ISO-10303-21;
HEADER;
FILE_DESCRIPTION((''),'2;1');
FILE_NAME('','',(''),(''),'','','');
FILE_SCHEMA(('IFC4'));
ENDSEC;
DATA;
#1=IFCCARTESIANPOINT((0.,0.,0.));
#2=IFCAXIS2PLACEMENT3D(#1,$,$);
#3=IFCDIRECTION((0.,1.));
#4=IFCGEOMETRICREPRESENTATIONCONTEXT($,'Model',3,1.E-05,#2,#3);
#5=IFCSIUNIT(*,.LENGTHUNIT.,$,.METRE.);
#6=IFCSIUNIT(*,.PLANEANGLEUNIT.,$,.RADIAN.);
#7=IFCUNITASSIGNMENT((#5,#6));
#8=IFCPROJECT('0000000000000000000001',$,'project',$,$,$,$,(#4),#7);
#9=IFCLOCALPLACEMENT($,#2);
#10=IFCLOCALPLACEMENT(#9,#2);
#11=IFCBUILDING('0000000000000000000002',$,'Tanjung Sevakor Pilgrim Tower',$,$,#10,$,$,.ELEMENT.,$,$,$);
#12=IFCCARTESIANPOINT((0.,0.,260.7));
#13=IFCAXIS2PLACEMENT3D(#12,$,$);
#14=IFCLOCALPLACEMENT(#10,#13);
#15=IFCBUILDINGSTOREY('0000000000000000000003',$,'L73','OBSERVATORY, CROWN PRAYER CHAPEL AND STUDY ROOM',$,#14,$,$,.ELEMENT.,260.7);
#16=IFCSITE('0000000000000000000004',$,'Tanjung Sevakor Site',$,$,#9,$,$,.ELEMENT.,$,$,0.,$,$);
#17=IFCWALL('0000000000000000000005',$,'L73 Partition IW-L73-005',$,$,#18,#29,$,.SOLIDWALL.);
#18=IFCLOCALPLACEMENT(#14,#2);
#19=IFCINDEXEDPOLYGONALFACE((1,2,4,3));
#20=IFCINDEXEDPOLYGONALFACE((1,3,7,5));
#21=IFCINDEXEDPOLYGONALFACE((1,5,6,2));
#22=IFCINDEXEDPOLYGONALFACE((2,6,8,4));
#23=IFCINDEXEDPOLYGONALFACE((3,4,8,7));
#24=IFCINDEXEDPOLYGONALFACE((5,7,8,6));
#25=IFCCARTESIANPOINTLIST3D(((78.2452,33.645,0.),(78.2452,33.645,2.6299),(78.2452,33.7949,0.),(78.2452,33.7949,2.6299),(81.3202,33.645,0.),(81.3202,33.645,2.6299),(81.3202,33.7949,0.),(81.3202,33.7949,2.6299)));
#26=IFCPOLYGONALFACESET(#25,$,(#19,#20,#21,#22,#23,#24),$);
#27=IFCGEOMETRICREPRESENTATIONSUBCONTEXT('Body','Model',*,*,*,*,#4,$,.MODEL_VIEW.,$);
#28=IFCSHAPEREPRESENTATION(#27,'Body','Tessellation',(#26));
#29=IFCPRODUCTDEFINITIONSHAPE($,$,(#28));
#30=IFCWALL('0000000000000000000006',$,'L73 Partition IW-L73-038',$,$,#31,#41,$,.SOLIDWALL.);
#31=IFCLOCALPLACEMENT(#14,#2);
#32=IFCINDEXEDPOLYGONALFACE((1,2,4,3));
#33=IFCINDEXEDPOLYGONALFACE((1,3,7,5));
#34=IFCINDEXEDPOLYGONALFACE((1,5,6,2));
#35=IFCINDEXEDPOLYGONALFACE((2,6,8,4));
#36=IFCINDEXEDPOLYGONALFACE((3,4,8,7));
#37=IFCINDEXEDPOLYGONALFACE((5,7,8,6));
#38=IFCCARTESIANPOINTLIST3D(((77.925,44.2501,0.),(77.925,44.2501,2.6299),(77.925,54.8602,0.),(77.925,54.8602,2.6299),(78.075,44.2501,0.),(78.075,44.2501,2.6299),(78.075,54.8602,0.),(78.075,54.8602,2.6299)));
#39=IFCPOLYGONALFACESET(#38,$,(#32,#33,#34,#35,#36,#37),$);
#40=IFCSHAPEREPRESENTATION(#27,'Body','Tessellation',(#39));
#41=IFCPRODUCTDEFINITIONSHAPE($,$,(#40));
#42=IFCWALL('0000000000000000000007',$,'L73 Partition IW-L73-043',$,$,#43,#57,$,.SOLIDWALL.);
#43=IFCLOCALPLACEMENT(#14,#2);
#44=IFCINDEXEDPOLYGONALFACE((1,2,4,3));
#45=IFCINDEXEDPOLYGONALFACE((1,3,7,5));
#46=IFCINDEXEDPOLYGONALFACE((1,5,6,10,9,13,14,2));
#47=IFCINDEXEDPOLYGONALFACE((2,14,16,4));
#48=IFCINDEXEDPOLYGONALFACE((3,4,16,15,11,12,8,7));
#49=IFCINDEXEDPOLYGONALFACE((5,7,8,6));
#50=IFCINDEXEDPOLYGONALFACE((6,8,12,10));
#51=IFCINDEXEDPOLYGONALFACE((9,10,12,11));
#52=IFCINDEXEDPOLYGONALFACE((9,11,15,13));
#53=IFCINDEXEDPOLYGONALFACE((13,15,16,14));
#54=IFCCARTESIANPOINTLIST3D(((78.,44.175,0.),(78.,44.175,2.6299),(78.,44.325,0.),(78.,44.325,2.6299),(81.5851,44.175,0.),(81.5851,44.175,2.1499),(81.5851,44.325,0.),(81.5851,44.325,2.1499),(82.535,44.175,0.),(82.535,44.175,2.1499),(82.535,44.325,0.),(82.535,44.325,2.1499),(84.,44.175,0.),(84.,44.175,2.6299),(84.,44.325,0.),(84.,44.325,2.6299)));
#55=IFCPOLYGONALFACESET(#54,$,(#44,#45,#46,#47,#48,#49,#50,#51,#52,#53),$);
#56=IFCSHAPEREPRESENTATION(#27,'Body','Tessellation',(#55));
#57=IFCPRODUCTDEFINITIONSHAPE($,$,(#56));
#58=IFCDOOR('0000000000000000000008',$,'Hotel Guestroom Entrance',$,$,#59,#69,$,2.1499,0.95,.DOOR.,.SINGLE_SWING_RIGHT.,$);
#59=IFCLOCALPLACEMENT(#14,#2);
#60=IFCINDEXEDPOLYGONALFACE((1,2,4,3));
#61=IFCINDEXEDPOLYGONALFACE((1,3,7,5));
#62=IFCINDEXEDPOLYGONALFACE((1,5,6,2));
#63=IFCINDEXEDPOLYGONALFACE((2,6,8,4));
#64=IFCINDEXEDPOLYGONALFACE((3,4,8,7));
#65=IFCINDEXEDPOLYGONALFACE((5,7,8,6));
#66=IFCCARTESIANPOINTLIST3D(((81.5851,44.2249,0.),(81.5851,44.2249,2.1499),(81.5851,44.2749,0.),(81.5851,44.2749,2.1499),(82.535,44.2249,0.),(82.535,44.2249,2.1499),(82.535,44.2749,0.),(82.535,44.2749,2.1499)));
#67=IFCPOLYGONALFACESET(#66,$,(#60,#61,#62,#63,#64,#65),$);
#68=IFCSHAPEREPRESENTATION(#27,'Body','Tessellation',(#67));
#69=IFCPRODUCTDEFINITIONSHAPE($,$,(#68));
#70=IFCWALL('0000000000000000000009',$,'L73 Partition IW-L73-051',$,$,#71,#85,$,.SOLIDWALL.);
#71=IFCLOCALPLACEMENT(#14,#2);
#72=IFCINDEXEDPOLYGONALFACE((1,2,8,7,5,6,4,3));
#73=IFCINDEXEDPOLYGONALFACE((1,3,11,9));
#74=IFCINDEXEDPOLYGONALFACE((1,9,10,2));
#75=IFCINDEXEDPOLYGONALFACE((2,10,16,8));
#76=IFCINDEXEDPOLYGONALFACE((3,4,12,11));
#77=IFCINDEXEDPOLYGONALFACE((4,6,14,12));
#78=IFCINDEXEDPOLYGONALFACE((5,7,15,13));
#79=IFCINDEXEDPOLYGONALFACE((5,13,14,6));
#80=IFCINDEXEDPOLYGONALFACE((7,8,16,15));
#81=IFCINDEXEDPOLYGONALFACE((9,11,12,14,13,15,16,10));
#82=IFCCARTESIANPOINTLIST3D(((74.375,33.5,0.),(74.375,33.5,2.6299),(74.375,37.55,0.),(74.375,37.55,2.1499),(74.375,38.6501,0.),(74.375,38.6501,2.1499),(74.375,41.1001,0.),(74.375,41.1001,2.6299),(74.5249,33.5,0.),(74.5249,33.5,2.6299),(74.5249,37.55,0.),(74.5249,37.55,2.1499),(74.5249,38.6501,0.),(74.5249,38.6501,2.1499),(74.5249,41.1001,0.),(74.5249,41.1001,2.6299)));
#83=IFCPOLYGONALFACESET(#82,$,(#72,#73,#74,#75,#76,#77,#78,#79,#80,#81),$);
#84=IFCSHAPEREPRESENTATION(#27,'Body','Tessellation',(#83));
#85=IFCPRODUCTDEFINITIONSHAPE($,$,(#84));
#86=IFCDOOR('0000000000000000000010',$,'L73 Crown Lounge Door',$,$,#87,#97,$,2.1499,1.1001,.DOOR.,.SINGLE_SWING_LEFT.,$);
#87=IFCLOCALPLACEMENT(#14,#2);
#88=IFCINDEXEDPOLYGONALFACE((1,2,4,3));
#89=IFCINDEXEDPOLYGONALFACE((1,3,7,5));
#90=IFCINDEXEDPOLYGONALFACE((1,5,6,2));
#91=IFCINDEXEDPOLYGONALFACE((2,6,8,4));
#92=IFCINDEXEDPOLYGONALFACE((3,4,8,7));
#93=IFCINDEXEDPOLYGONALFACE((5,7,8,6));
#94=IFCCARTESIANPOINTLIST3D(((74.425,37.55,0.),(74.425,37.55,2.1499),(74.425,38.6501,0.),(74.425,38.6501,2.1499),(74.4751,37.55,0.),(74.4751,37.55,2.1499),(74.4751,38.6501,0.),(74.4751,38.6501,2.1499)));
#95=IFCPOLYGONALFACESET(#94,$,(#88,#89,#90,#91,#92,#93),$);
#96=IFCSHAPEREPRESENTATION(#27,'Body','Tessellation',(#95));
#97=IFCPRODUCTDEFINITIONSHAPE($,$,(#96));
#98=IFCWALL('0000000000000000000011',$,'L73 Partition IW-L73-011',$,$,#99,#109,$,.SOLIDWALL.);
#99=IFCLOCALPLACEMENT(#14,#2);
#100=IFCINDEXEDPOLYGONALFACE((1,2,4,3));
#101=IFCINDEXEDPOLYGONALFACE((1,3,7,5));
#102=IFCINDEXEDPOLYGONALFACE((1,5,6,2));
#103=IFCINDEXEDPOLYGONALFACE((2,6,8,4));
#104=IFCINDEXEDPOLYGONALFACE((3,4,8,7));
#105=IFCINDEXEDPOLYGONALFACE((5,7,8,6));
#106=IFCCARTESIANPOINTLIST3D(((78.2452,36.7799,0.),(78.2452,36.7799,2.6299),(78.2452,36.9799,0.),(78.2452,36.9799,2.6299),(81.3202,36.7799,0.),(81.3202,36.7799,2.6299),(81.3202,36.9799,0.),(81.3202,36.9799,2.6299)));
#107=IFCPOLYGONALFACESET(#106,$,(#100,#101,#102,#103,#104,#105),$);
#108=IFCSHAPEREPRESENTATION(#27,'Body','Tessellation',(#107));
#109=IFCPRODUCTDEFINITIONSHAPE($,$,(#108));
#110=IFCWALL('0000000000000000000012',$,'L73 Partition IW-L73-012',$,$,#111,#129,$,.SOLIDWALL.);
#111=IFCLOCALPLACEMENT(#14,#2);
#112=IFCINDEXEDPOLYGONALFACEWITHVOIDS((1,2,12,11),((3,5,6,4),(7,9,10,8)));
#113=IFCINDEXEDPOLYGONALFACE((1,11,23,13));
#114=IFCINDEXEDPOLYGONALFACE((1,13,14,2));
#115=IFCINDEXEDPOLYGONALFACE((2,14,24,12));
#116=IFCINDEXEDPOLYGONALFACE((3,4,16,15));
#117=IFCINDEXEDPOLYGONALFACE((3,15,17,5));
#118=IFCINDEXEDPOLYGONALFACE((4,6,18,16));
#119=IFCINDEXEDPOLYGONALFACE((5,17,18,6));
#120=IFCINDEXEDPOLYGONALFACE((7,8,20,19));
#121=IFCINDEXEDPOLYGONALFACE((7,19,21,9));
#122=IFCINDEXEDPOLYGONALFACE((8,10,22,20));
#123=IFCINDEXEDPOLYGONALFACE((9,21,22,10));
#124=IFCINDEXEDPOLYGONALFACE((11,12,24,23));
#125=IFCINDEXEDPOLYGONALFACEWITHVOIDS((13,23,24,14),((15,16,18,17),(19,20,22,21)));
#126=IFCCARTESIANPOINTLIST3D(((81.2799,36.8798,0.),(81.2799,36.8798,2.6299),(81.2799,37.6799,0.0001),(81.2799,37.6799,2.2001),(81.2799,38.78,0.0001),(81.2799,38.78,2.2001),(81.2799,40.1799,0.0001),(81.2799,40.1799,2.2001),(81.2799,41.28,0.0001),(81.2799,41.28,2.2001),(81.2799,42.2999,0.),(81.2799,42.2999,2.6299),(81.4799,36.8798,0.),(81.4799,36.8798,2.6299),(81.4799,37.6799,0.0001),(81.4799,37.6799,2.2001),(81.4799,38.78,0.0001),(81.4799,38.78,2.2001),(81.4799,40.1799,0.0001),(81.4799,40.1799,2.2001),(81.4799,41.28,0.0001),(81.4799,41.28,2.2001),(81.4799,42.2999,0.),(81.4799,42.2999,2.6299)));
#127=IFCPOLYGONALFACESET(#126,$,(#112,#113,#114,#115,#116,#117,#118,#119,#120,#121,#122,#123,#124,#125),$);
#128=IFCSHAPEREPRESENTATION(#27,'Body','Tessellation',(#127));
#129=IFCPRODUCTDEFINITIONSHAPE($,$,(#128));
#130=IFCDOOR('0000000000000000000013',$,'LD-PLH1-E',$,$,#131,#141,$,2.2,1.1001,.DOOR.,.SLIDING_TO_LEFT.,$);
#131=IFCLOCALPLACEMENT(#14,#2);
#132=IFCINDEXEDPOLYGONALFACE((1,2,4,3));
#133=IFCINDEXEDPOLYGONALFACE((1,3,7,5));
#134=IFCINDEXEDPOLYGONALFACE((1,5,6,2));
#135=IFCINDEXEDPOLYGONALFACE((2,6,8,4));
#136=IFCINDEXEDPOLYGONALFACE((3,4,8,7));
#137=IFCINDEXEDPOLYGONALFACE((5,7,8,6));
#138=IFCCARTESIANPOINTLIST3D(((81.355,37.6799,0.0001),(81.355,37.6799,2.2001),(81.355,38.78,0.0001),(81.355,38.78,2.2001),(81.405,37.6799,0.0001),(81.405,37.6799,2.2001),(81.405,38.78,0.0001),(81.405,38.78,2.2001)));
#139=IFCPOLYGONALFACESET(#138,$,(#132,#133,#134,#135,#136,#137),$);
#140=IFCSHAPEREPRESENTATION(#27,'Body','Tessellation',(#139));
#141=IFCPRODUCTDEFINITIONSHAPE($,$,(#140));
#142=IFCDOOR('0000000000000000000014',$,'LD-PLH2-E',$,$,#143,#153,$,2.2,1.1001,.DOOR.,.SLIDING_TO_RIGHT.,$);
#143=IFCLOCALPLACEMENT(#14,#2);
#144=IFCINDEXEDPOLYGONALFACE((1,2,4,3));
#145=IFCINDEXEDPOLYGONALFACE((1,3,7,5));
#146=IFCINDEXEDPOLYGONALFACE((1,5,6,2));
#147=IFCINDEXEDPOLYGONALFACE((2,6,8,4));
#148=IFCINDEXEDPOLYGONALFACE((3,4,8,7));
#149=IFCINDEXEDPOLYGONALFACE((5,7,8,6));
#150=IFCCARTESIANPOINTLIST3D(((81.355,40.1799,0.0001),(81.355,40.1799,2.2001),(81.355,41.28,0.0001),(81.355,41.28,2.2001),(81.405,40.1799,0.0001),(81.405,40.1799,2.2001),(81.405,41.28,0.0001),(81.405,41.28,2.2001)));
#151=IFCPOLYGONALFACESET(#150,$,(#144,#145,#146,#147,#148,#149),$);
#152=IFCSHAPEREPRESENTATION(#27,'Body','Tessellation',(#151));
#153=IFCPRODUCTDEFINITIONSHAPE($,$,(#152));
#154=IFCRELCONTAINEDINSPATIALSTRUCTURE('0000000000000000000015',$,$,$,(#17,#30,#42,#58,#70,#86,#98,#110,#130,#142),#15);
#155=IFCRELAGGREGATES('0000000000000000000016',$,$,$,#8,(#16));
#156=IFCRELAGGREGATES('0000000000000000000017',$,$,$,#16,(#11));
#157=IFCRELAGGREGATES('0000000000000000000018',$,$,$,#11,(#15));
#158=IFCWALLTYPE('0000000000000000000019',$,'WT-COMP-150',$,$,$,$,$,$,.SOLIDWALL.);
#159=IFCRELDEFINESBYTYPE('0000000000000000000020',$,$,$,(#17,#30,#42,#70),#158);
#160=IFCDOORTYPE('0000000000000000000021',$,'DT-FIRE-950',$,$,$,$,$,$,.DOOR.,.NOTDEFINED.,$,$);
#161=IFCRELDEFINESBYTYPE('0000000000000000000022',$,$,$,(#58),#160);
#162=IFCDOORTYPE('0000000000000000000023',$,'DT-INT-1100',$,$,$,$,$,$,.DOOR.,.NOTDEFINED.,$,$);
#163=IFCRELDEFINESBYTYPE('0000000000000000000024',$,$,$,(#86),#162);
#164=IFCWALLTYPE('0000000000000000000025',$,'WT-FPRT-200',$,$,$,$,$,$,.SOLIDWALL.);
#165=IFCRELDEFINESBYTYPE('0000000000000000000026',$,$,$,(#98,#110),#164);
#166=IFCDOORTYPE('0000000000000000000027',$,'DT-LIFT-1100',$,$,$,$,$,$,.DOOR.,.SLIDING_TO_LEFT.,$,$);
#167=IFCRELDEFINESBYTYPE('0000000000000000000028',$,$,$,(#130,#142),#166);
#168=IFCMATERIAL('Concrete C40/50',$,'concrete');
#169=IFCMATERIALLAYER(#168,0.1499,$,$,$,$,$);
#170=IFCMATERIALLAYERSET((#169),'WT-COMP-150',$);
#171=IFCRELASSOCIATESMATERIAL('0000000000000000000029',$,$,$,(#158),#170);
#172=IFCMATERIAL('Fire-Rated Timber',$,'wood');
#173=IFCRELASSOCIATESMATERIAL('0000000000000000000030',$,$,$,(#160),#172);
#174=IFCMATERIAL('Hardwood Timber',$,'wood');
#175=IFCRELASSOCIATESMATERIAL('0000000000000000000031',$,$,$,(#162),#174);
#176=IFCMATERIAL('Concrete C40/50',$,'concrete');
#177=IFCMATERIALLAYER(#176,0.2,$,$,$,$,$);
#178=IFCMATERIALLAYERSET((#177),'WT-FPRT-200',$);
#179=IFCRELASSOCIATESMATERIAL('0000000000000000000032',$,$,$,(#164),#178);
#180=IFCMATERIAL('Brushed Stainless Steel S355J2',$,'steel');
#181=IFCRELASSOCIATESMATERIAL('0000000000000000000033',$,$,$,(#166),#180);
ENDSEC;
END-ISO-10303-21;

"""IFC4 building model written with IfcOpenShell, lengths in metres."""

from ifc_helpers import new_model, si_unit, direction, frame, frame_2d, origin, place, context, subcontext, project, spatial, rectangle, extrude, material, layer, layer_set, type_object, element, fill, save


model = new_model("IFC4")

# Units and contexts
model_context = context("Model", 3, precision=1e-05, world=origin(), true_north=direction((0.0, 1.0)))
body_context = subcontext(model_context, "Body", "Model", "MODEL_VIEW")
ifc_project = project(units=[si_unit("LENGTHUNIT", "METRE"), si_unit("PLANEANGLEUNIT", "RADIAN")], contexts=[model_context])

# Site, building, storey
site_placement = place(None, origin())
site = spatial("IfcSite", under=ifc_project, at=site_placement, Name="Tanjung Sevakor Site", CompositionType="ELEMENT", RefElevation=0.0)
building_placement = place(site_placement, origin())
building = spatial("IfcBuilding", under=site, at=building_placement, Name="Tanjung Sevakor Pilgrim Tower", CompositionType="ELEMENT")
storey_placement = place(building_placement, frame((0.0, 0.0, 260.7)))
storey = spatial("IfcBuildingStorey", under=building, at=storey_placement, Name="L73", Description="OBSERVATORY, CROWN PRAYER CHAPEL AND STUDY ROOM", CompositionType="ELEMENT", Elevation=260.7)

# Shared definitions
ifc_material_1 = material(Name="Concrete C40/50", Category="concrete")
ifc_layer_1 = layer(ifc_material_1, 0.1499)
ifc_layer_set_1 = layer_set([ifc_layer_1], Name="WT-COMP-150")
wall_type_1 = type_object("IfcWallType", Name="WT-COMP-150", PredefinedType="SOLIDWALL", material=ifc_layer_set_1)

# Shared definitions
ifc_material_2 = material(Name="Fire-Rated Timber", Category="wood")
door_type_1 = type_object("IfcDoorType", Name="DT-FIRE-950", OperationType="NOTDEFINED", PredefinedType="DOOR", material=ifc_material_2)

# Wall
wall_1_placement = place(storey_placement, frame((78.2451, 33.72, 0.0), z_axis=(0.0, 0.0, 1.0), x_axis=(1.0, 0.0, 0.0)))
element("IfcWall", 1, at=wall_1_placement, inside=storey, type_object=wall_type_1, Name="L73 Partition IW-L73-005", PredefinedType="SOLIDWALL", context=body_context, shape_type="SweptSolid", body=[
    extrude(rectangle(XDim=3.075, YDim=0.1499, at=frame_2d((1.5376, 0.0))), origin(), (0.0, 0.0, 1.0), 2.6299),
])

# Wall
wall_2_placement = place(storey_placement, frame((78.0, 44.25, 0.0), z_axis=(0.0, 0.0, 1.0), x_axis=(0.0, 1.0, 0.0)))
element("IfcWall", 2, at=wall_2_placement, inside=storey, type_object=wall_type_1, Name="L73 Partition IW-L73-038", PredefinedType="SOLIDWALL", context=body_context, shape_type="SweptSolid", body=[
    extrude(rectangle(XDim=10.6101, YDim=0.1499, at=frame_2d((5.3052, 0.0))), origin(), (0.0, 0.0, 1.0), 2.6299),
])

# Walls, openings, doors
wall_3_placement = place(storey_placement, frame((78.0, 44.25, 0.0), z_axis=(0.0, 0.0, 1.0), x_axis=(1.0, 0.0, 0.0)))
wall_3 = element("IfcWall", 3, at=wall_3_placement, inside=storey, type_object=wall_type_1, Name="L73 Partition IW-L73-043", PredefinedType="SOLIDWALL", context=body_context, shape_type="SweptSolid", body=[
    extrude(rectangle(XDim=6.0, YDim=0.1499, at=frame_2d((3.0, 0.0))), origin(), (0.0, 0.0, 1.0), 2.6299),
])
opening_1_placement = place(wall_3_placement, frame((3.585, 0.0, 0.0)))
opening_1 = element("IfcOpeningElement", 4, at=opening_1_placement, cuts=wall_3, PredefinedType="OPENING", context=body_context, shape_type="SweptSolid", body=[
    extrude(rectangle(XDim=0.95, YDim=2.1499, at=frame_2d((0.4751, 1.075))), frame((0.0, 0.085, 0.0), z_axis=(0.0, -1.0, 0.0), x_axis=(1.0, 0.0, 0.0)), (0.0, 0.0, 1.0), 0.1699),
])
door_1_placement = place(opening_1_placement, origin())
door_1 = element("IfcDoor", 5, at=door_1_placement, inside=storey, type_object=door_type_1, Name="Hotel Guestroom Entrance", OperationType="SINGLE_SWING_RIGHT", OverallHeight=2.1499, OverallWidth=0.95, PredefinedType="DOOR", context=body_context, shape_type="SweptSolid", body=[
    extrude(rectangle(XDim=0.95, YDim=2.1499, at=frame_2d((0.4751, 1.075))), frame((0.0, 0.0249, 0.0), z_axis=(0.0, -1.0, 0.0), x_axis=(1.0, 0.0, 0.0)), (0.0, 0.0, 1.0), 0.05),
])
fill(opening_1, door_1)
wall_4_placement = place(storey_placement, frame((74.45, 33.5, 0.0), z_axis=(0.0, 0.0, 1.0), x_axis=(0.0, 1.0, 0.0)))
wall_4 = element("IfcWall", 6, at=wall_4_placement, inside=storey, type_object=wall_type_1, Name="L73 Partition IW-L73-051", PredefinedType="SOLIDWALL", context=body_context, shape_type="SweptSolid", body=[
    extrude(rectangle(XDim=7.6001, YDim=0.1499, at=frame_2d((3.8, 0.0))), origin(), (0.0, 0.0, 1.0), 2.6299),
])
opening_2_placement = place(wall_4_placement, frame((4.05, 0.0, 0.0)))
opening_2 = element("IfcOpeningElement", 7, at=opening_2_placement, cuts=wall_4, PredefinedType="OPENING", context=body_context, shape_type="SweptSolid", body=[
    extrude(rectangle(XDim=1.1001, YDim=2.1499, at=frame_2d((0.55, 1.075))), frame((0.0, 0.085, 0.0), z_axis=(0.0, -1.0, 0.0), x_axis=(1.0, 0.0, 0.0)), (0.0, 0.0, 1.0), 0.1699),
])
ifc_material_3 = material(Name="Hardwood Timber", Category="wood")
door_type_2 = type_object("IfcDoorType", Name="DT-INT-1100", OperationType="NOTDEFINED", PredefinedType="DOOR", material=ifc_material_3)
door_2_placement = place(opening_2_placement, origin())
door_2 = element("IfcDoor", 8, at=door_2_placement, inside=storey, type_object=door_type_2, Name="L73 Crown Lounge Door", OperationType="SINGLE_SWING_LEFT", OverallHeight=2.1499, OverallWidth=1.1001, PredefinedType="DOOR", context=body_context, shape_type="SweptSolid", body=[
    extrude(rectangle(XDim=1.1001, YDim=2.1499, at=frame_2d((0.55, 1.075))), frame((0.0, 0.0249, 0.0), z_axis=(0.0, -1.0, 0.0), x_axis=(1.0, 0.0, 0.0)), (0.0, 0.0, 1.0), 0.05),
])
fill(opening_2, door_2)

# Wall
ifc_material_4 = material(Name="Concrete C40/50", Category="concrete")
ifc_layer_2 = layer(ifc_material_4, 0.2)
ifc_layer_set_2 = layer_set([ifc_layer_2], Name="WT-FPRT-200")
wall_type_2 = type_object("IfcWallType", Name="WT-FPRT-200", PredefinedType="SOLIDWALL", material=ifc_layer_set_2)
wall_5_placement = place(storey_placement, frame((78.2451, 36.8799, 0.0), z_axis=(0.0, 0.0, 1.0), x_axis=(1.0, 0.0, 0.0)))
element("IfcWall", 9, at=wall_5_placement, inside=storey, type_object=wall_type_2, Name="L73 Partition IW-L73-011", PredefinedType="SOLIDWALL", context=body_context, shape_type="SweptSolid", body=[
    extrude(rectangle(XDim=3.075, YDim=0.2, at=frame_2d((1.5376, 0.0))), origin(), (0.0, 0.0, 1.0), 2.6299),
])

# Wall, openings, doors
wall_6_placement = place(storey_placement, frame((81.3799, 36.8799, 0.0), z_axis=(0.0, 0.0, 1.0), x_axis=(0.0, 1.0, 0.0)))
wall_6 = element("IfcWall", 10, at=wall_6_placement, inside=storey, type_object=wall_type_2, Name="L73 Partition IW-L73-012", PredefinedType="SOLIDWALL", context=body_context, shape_type="SweptSolid", body=[
    extrude(rectangle(XDim=5.4202, YDim=0.2, at=frame_2d((2.71, 0.0))), origin(), (0.0, 0.0, 1.0), 2.6299),
])
opening_3_placement = place(wall_6_placement, frame((0.8, 0.0, 0.0)))
opening_3 = element("IfcOpeningElement", 11, at=opening_3_placement, cuts=wall_6, PredefinedType="OPENING", context=body_context, shape_type="SweptSolid", body=[
    extrude(rectangle(XDim=1.1001, YDim=2.2, at=frame_2d((0.55, 1.1001))), frame((0.0, 0.1099, 0.0), z_axis=(0.0, -1.0, 0.0), x_axis=(1.0, 0.0, 0.0)), (0.0, 0.0, 1.0), 0.22),
])
opening_4_placement = place(wall_6_placement, frame((3.3, 0.0, 0.0)))
opening_4 = element("IfcOpeningElement", 12, at=opening_4_placement, cuts=wall_6, PredefinedType="OPENING", context=body_context, shape_type="SweptSolid", body=[
    extrude(rectangle(XDim=1.1001, YDim=2.2, at=frame_2d((0.55, 1.1001))), frame((0.0, 0.1099, 0.0), z_axis=(0.0, -1.0, 0.0), x_axis=(1.0, 0.0, 0.0)), (0.0, 0.0, 1.0), 0.22),
])
ifc_material_5 = material(Name="Brushed Stainless Steel S355J2", Category="steel")
door_type_3 = type_object("IfcDoorType", Name="DT-LIFT-1100", OperationType="SLIDING_TO_LEFT", PredefinedType="DOOR", material=ifc_material_5)
door_3_placement = place(opening_3_placement, origin())
door_3 = element("IfcDoor", 13, at=door_3_placement, inside=storey, type_object=door_type_3, Name="LD-PLH1-E", OperationType="SLIDING_TO_LEFT", OverallHeight=2.2, OverallWidth=1.1001, PredefinedType="DOOR", context=body_context, shape_type="SweptSolid", body=[
    extrude(rectangle(XDim=1.1001, YDim=2.2, at=frame_2d((0.55, 1.1001))), frame((0.0, 0.0249, 0.0), z_axis=(0.0, -1.0, 0.0), x_axis=(1.0, 0.0, 0.0)), (0.0, 0.0, 1.0), 0.05),
])
fill(opening_3, door_3)
door_4_placement = place(opening_4_placement, origin())
door_4 = element("IfcDoor", 14, at=door_4_placement, inside=storey, type_object=door_type_3, Name="LD-PLH2-E", OperationType="SLIDING_TO_RIGHT", OverallHeight=2.2, OverallWidth=1.1001, PredefinedType="DOOR", context=body_context, shape_type="SweptSolid", body=[
    extrude(rectangle(XDim=1.1001, YDim=2.2, at=frame_2d((0.55, 1.1001))), frame((0.0, 0.0249, 0.0), z_axis=(0.0, -1.0, 0.0), x_axis=(1.0, 0.0, 0.0)), (0.0, 0.0, 1.0), 0.05),
])
fill(opening_4, door_4)

save(model, "model.ifc")
